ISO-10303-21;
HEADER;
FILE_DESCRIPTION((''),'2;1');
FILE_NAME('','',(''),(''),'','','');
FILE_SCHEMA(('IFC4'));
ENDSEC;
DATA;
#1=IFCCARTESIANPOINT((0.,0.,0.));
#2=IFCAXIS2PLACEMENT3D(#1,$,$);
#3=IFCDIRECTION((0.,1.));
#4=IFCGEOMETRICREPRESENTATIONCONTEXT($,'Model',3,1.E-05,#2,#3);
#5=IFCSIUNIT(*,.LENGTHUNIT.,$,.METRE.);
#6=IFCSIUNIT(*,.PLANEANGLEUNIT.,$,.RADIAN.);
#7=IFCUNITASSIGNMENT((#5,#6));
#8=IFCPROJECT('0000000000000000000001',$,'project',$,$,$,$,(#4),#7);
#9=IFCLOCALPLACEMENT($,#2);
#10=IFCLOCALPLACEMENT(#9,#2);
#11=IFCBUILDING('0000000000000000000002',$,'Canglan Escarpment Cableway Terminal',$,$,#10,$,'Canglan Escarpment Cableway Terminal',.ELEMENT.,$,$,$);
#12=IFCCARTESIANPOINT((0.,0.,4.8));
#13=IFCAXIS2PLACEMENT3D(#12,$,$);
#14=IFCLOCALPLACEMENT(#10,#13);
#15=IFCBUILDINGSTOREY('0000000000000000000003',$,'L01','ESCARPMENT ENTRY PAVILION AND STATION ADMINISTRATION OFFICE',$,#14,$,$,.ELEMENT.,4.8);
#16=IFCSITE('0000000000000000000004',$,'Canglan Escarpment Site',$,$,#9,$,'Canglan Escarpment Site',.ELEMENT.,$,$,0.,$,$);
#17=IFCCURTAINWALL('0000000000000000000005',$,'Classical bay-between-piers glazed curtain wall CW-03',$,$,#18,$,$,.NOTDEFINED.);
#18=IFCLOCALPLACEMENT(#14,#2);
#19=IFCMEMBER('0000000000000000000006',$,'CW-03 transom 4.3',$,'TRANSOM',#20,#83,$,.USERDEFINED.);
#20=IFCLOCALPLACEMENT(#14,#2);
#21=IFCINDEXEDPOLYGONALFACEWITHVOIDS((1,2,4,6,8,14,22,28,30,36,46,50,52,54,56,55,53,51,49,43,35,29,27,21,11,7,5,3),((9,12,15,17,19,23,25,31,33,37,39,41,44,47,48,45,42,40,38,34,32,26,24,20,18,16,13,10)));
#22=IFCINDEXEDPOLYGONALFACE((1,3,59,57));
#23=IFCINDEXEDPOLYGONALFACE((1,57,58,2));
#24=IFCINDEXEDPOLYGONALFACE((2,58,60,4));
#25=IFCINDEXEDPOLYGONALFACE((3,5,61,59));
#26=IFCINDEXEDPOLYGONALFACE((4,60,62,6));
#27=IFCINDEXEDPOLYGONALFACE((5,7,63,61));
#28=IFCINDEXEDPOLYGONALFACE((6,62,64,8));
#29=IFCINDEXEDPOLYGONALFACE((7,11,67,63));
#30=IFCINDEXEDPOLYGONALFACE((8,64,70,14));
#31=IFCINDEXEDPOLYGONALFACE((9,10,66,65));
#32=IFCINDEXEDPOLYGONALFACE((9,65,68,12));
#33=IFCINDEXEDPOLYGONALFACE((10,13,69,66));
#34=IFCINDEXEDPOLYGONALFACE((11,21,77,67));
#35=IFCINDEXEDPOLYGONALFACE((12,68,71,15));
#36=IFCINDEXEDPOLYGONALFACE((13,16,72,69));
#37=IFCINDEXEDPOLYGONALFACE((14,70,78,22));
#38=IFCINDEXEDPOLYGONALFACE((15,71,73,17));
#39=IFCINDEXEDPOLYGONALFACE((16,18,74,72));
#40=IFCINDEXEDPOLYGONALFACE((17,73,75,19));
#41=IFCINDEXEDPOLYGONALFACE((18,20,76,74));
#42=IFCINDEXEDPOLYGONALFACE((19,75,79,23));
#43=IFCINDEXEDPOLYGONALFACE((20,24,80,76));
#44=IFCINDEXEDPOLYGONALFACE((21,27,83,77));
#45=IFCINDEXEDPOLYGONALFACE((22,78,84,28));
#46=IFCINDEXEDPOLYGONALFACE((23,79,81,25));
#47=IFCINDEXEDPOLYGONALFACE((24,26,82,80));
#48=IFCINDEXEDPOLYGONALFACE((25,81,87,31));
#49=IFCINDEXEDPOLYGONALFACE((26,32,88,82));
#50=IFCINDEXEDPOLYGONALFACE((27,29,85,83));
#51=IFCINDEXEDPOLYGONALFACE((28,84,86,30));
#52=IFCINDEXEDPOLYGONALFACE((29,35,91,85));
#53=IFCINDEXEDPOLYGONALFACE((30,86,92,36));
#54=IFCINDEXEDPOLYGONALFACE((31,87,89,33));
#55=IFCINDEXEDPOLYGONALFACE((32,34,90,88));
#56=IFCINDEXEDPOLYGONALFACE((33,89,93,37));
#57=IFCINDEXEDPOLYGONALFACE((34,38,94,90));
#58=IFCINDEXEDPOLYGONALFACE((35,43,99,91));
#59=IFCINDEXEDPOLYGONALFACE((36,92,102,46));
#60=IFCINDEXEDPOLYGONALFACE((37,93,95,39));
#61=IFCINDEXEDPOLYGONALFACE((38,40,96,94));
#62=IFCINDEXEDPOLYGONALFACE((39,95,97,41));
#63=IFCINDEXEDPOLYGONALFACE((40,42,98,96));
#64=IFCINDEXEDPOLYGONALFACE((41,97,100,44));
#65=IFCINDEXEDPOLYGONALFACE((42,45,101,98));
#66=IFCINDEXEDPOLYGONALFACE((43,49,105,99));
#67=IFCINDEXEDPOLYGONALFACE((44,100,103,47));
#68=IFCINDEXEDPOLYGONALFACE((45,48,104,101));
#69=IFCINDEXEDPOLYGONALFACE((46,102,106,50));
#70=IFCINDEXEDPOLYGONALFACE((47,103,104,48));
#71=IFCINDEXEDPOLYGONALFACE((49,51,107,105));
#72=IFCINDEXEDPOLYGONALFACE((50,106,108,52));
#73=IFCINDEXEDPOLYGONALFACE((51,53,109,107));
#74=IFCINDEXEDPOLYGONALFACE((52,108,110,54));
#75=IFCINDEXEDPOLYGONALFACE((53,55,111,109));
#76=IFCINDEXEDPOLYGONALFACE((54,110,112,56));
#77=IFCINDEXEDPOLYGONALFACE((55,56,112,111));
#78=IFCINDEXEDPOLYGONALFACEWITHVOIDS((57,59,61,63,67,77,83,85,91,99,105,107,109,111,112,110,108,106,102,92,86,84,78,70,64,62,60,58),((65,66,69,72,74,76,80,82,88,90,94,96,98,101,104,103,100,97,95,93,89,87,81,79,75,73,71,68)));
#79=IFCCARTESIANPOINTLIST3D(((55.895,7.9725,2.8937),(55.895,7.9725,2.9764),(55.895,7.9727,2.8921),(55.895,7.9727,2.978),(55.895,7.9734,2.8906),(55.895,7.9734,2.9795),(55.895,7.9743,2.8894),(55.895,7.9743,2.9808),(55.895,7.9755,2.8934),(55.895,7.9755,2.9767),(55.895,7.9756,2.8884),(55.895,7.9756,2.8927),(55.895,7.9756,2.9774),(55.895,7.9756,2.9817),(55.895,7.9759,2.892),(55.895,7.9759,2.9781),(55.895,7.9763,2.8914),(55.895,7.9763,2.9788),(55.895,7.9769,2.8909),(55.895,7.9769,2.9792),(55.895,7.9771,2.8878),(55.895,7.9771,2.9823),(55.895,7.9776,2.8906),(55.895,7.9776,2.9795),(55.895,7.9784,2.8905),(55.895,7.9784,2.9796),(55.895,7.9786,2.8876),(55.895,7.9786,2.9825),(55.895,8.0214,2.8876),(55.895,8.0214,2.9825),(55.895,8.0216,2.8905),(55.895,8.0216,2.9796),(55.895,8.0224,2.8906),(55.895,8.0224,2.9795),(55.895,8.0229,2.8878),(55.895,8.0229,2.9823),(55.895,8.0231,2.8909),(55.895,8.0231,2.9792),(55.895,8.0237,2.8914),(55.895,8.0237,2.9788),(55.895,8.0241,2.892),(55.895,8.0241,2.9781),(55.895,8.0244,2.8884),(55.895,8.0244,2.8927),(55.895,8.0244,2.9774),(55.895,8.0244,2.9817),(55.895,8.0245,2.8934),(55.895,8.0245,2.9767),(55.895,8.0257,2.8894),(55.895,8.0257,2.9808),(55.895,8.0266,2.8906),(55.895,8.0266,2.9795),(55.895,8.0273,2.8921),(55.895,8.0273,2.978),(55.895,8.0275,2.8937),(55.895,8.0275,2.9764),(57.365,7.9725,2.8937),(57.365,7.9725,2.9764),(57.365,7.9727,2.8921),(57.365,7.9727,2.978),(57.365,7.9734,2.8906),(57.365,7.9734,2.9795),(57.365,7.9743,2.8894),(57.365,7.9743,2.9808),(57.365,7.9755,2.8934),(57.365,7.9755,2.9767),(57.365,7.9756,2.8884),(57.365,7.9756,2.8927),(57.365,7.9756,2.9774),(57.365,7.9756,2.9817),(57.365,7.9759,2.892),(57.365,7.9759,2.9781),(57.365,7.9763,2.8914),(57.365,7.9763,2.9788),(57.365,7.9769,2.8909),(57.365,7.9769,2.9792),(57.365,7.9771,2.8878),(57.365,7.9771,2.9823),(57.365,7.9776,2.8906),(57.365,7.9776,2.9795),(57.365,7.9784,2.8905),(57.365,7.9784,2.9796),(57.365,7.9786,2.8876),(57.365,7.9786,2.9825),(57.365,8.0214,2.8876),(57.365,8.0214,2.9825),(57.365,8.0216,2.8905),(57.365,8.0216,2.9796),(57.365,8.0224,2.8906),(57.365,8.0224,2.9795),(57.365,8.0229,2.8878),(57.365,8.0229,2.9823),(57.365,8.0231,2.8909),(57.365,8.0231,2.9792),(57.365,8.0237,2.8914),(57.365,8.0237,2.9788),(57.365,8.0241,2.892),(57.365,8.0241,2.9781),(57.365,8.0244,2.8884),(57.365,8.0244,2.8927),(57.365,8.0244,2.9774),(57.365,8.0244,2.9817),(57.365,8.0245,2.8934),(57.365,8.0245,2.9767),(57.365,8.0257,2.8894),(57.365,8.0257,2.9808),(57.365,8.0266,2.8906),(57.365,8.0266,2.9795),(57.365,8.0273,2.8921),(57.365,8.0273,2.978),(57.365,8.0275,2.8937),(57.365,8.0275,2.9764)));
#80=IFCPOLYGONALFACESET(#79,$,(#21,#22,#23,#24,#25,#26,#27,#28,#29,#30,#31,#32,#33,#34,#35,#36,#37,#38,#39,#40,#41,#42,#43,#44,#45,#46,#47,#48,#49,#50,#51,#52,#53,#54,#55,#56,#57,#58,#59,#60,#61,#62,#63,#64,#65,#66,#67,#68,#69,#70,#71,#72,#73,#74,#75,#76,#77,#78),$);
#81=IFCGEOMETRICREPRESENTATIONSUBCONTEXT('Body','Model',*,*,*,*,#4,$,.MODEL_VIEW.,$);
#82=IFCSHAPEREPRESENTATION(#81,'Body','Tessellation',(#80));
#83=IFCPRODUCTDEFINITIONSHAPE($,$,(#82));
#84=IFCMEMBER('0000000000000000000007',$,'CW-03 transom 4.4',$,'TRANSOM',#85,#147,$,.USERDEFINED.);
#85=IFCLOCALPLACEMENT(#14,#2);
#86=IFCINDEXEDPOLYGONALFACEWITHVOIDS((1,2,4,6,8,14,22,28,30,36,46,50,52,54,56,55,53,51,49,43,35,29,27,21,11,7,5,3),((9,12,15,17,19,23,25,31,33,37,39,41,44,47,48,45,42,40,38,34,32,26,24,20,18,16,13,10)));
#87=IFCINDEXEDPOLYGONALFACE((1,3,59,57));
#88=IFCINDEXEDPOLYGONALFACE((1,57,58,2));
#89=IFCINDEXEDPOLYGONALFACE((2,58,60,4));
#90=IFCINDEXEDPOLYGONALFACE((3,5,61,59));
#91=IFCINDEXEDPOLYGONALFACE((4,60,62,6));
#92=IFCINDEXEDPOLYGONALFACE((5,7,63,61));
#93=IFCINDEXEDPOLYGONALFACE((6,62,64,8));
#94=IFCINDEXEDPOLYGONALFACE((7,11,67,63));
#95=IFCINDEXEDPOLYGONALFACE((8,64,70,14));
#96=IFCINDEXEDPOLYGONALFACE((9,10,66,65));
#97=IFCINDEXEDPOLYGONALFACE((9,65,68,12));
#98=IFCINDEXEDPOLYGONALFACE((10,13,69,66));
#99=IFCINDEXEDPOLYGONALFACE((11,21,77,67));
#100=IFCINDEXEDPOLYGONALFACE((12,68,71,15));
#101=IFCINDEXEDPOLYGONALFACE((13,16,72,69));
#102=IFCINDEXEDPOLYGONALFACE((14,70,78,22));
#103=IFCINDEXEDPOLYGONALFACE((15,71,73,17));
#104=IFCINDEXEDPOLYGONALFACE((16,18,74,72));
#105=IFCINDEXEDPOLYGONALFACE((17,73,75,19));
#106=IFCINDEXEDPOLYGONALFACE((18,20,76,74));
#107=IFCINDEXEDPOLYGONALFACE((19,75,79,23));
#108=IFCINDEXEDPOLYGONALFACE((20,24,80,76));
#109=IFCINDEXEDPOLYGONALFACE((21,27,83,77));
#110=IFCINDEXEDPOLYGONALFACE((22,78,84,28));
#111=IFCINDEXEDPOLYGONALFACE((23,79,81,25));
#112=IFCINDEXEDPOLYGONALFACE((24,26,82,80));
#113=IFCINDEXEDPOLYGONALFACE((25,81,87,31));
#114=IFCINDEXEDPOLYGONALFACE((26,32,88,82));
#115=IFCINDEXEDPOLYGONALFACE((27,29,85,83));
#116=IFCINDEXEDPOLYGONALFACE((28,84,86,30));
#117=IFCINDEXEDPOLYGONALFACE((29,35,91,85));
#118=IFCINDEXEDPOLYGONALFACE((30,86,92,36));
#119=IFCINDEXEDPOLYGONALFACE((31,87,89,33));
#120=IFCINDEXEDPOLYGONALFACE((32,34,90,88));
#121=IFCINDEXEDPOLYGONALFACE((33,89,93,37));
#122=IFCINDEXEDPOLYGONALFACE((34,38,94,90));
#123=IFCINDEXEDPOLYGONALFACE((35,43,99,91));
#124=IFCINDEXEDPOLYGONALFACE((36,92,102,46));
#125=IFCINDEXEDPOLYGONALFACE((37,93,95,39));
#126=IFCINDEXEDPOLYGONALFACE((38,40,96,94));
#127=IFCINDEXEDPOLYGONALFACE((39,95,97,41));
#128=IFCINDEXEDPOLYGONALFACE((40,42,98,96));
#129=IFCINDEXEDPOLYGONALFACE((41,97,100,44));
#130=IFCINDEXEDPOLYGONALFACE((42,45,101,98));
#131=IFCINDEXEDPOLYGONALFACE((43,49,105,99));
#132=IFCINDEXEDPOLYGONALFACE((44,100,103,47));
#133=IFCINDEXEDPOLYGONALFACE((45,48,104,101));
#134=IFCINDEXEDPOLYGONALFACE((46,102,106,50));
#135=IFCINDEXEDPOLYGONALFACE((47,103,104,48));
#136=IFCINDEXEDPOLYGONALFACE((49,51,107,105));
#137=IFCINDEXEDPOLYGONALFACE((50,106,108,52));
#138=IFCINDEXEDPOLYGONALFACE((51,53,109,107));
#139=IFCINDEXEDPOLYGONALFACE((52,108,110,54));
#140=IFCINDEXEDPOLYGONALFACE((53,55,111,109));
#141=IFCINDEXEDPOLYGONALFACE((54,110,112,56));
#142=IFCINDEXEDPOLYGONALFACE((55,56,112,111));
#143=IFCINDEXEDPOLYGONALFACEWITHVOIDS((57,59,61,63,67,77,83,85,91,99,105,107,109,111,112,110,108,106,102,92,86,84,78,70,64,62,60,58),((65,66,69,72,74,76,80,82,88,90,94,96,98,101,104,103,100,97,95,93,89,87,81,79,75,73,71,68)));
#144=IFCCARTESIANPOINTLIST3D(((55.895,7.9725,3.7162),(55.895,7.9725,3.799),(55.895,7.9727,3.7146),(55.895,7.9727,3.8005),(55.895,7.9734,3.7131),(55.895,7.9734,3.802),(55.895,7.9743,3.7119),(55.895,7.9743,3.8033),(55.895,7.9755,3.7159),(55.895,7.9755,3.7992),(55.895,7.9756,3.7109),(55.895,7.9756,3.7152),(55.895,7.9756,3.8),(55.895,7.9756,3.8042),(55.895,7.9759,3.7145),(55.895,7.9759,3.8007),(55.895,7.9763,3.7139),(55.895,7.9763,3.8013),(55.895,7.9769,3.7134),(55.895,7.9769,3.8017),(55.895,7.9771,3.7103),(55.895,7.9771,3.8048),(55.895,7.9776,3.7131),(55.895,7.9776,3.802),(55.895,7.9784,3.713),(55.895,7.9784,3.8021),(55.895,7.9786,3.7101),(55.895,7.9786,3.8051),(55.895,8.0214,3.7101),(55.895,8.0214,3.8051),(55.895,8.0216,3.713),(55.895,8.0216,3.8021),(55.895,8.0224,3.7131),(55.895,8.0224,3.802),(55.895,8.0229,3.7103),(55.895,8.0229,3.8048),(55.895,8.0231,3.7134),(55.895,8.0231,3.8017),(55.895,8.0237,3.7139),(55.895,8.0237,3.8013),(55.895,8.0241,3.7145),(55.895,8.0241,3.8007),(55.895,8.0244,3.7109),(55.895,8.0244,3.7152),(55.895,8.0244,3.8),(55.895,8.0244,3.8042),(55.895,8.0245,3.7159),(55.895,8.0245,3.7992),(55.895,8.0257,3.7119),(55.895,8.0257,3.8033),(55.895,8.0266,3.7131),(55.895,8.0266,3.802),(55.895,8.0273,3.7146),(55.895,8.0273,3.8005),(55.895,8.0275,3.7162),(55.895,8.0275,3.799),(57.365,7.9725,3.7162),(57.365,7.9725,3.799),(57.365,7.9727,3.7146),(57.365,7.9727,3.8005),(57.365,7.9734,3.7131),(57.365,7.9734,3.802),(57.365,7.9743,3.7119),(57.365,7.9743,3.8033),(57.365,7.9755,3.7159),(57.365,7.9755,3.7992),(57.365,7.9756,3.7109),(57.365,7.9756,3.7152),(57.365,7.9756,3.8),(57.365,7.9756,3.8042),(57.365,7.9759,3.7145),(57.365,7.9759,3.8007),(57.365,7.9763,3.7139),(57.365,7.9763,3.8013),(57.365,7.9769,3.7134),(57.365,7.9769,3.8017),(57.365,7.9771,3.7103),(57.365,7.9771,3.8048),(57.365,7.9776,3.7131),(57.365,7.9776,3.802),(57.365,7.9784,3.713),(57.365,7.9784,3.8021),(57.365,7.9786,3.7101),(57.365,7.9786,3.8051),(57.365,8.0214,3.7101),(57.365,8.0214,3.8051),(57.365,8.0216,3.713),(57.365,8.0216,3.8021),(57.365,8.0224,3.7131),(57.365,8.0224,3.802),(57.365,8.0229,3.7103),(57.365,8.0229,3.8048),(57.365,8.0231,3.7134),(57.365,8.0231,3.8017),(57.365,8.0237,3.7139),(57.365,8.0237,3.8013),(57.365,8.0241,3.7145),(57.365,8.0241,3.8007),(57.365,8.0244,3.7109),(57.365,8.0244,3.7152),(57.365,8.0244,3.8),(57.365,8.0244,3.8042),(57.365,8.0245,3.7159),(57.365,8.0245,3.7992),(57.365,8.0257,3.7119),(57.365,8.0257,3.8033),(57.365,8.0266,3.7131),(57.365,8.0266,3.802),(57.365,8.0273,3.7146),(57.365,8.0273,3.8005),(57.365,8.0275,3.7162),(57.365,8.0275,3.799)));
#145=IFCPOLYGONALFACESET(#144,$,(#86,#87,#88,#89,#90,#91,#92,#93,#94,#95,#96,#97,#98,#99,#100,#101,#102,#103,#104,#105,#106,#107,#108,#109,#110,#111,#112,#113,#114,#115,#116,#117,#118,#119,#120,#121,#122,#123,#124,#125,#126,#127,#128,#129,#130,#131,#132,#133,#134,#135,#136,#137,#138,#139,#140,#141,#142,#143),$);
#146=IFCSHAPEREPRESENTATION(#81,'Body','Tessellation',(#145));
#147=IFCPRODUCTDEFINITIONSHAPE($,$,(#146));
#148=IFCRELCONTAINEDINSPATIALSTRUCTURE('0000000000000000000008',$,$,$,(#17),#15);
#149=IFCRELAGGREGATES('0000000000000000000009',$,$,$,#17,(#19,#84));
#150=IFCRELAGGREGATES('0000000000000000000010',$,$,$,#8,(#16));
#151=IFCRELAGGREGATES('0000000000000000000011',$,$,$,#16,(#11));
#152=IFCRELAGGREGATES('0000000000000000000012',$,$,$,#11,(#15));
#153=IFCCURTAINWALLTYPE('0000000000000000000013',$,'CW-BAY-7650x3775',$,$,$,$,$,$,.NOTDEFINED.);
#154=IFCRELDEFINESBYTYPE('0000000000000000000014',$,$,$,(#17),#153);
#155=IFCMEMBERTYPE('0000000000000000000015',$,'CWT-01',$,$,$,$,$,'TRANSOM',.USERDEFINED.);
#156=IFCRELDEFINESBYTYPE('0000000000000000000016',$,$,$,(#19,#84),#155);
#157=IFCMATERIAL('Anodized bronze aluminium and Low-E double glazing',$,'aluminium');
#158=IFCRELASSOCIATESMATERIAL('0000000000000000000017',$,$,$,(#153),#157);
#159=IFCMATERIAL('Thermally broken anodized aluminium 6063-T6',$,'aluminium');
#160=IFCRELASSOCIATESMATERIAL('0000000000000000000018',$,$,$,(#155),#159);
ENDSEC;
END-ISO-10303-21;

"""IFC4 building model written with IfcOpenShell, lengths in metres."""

from ifc_helpers import new_model, si_unit, direction, frame, origin, origin_2d, place, context, subcontext, project, spatial, hollow_rectangle, extrude, material, material_profile, profile_set, type_object, element, aggregate, save


model = new_model("IFC4")

# Units and contexts
model_context = context("Model", 3, precision=1e-05, world=origin(), true_north=direction((0.0, 1.0)))
body_context = subcontext(model_context, "Body", "Model", "MODEL_VIEW")
ifc_project = project(units=[si_unit("LENGTHUNIT", "METRE"), si_unit("PLANEANGLEUNIT", "RADIAN")], contexts=[model_context])

# Site, building, storey
site_placement = place(None, origin())
site = spatial("IfcSite", under=ifc_project, at=site_placement, Name="Canglan Escarpment Site", LongName="Canglan Escarpment Site", CompositionType="ELEMENT", RefElevation=0.0)
building_placement = place(site_placement, origin())
building = spatial("IfcBuilding", under=site, at=building_placement, Name="Canglan Escarpment Cableway Terminal", LongName="Canglan Escarpment Cableway Terminal", CompositionType="ELEMENT")
storey_placement = place(building_placement, frame((0.0, 0.0, 4.8)))
storey = spatial("IfcBuildingStorey", under=building, at=storey_placement, Name="L01", Description="ESCARPMENT ENTRY PAVILION AND STATION ADMINISTRATION OFFICE", CompositionType="ELEMENT", Elevation=4.8)

# Curtain wall, members
ifc_material_1 = material(Name="Anodized bronze aluminium and Low-E double glazing", Category="aluminium")
curtain_wall_type = type_object("IfcCurtainWallType", Name="CW-BAY-7650x3775", PredefinedType="NOTDEFINED", material=ifc_material_1)
curtain_wall_placement = place(storey_placement, origin())
curtain_wall = element("IfcCurtainWall", 1, at=curtain_wall_placement, inside=storey, type_object=curtain_wall_type, Name="Classical bay-between-piers glazed curtain wall CW-03", PredefinedType="NOTDEFINED")
ifc_material_2 = material(Name="Thermally broken anodized aluminium 6063-T6", Category="aluminium")
ifc_material_profile_1 = material_profile(ifc_material_2, hollow_rectangle(XDim=0.0549, YDim=0.095, WallThickness=0.0029, InnerFilletRadius=0.0029, OuterFilletRadius=0.0061, at=origin_2d()), Name="ALU-TRAN 55x95x3")
ifc_profile_set_1 = profile_set([ifc_material_profile_1], Name="Thermally broken anodized aluminium 6063-T6")
member_type_1 = type_object("IfcMemberType", Name="CWT-01", ElementType="TRANSOM", PredefinedType="USERDEFINED", material=ifc_profile_set_1)
member_1_placement = place(storey_placement, frame((55.895, 8.0, 2.9351), z_axis=(1.0, 0.0, 0.0), x_axis=(0.0, 1.0, 0.0)))
member_1 = element("IfcMember", 2, at=member_1_placement, type_object=member_type_1, Name="CW-03 transom 4.3", ObjectType="TRANSOM", PredefinedType="USERDEFINED", context=body_context, shape_type="SweptSolid", body=[
    extrude(hollow_rectangle(XDim=0.0549, YDim=0.095, WallThickness=0.0029, InnerFilletRadius=0.0029, OuterFilletRadius=0.0061, at=origin_2d()), origin(), (0.0, 0.0, 1.0), 1.47),
])
member_2_placement = place(storey_placement, frame((55.895, 8.0, 3.7576), z_axis=(1.0, 0.0, 0.0), x_axis=(0.0, 1.0, 0.0)))
member_2 = element("IfcMember", 3, at=member_2_placement, type_object=member_type_1, Name="CW-03 transom 4.4", ObjectType="TRANSOM", PredefinedType="USERDEFINED", context=body_context, shape_type="SweptSolid", body=[
    extrude(hollow_rectangle(XDim=0.0549, YDim=0.095, WallThickness=0.0029, InnerFilletRadius=0.0029, OuterFilletRadius=0.0061, at=origin_2d()), origin(), (0.0, 0.0, 1.0), 1.47),
])
aggregate(curtain_wall, [member_1, member_2])

save(model, "model.ifc")
